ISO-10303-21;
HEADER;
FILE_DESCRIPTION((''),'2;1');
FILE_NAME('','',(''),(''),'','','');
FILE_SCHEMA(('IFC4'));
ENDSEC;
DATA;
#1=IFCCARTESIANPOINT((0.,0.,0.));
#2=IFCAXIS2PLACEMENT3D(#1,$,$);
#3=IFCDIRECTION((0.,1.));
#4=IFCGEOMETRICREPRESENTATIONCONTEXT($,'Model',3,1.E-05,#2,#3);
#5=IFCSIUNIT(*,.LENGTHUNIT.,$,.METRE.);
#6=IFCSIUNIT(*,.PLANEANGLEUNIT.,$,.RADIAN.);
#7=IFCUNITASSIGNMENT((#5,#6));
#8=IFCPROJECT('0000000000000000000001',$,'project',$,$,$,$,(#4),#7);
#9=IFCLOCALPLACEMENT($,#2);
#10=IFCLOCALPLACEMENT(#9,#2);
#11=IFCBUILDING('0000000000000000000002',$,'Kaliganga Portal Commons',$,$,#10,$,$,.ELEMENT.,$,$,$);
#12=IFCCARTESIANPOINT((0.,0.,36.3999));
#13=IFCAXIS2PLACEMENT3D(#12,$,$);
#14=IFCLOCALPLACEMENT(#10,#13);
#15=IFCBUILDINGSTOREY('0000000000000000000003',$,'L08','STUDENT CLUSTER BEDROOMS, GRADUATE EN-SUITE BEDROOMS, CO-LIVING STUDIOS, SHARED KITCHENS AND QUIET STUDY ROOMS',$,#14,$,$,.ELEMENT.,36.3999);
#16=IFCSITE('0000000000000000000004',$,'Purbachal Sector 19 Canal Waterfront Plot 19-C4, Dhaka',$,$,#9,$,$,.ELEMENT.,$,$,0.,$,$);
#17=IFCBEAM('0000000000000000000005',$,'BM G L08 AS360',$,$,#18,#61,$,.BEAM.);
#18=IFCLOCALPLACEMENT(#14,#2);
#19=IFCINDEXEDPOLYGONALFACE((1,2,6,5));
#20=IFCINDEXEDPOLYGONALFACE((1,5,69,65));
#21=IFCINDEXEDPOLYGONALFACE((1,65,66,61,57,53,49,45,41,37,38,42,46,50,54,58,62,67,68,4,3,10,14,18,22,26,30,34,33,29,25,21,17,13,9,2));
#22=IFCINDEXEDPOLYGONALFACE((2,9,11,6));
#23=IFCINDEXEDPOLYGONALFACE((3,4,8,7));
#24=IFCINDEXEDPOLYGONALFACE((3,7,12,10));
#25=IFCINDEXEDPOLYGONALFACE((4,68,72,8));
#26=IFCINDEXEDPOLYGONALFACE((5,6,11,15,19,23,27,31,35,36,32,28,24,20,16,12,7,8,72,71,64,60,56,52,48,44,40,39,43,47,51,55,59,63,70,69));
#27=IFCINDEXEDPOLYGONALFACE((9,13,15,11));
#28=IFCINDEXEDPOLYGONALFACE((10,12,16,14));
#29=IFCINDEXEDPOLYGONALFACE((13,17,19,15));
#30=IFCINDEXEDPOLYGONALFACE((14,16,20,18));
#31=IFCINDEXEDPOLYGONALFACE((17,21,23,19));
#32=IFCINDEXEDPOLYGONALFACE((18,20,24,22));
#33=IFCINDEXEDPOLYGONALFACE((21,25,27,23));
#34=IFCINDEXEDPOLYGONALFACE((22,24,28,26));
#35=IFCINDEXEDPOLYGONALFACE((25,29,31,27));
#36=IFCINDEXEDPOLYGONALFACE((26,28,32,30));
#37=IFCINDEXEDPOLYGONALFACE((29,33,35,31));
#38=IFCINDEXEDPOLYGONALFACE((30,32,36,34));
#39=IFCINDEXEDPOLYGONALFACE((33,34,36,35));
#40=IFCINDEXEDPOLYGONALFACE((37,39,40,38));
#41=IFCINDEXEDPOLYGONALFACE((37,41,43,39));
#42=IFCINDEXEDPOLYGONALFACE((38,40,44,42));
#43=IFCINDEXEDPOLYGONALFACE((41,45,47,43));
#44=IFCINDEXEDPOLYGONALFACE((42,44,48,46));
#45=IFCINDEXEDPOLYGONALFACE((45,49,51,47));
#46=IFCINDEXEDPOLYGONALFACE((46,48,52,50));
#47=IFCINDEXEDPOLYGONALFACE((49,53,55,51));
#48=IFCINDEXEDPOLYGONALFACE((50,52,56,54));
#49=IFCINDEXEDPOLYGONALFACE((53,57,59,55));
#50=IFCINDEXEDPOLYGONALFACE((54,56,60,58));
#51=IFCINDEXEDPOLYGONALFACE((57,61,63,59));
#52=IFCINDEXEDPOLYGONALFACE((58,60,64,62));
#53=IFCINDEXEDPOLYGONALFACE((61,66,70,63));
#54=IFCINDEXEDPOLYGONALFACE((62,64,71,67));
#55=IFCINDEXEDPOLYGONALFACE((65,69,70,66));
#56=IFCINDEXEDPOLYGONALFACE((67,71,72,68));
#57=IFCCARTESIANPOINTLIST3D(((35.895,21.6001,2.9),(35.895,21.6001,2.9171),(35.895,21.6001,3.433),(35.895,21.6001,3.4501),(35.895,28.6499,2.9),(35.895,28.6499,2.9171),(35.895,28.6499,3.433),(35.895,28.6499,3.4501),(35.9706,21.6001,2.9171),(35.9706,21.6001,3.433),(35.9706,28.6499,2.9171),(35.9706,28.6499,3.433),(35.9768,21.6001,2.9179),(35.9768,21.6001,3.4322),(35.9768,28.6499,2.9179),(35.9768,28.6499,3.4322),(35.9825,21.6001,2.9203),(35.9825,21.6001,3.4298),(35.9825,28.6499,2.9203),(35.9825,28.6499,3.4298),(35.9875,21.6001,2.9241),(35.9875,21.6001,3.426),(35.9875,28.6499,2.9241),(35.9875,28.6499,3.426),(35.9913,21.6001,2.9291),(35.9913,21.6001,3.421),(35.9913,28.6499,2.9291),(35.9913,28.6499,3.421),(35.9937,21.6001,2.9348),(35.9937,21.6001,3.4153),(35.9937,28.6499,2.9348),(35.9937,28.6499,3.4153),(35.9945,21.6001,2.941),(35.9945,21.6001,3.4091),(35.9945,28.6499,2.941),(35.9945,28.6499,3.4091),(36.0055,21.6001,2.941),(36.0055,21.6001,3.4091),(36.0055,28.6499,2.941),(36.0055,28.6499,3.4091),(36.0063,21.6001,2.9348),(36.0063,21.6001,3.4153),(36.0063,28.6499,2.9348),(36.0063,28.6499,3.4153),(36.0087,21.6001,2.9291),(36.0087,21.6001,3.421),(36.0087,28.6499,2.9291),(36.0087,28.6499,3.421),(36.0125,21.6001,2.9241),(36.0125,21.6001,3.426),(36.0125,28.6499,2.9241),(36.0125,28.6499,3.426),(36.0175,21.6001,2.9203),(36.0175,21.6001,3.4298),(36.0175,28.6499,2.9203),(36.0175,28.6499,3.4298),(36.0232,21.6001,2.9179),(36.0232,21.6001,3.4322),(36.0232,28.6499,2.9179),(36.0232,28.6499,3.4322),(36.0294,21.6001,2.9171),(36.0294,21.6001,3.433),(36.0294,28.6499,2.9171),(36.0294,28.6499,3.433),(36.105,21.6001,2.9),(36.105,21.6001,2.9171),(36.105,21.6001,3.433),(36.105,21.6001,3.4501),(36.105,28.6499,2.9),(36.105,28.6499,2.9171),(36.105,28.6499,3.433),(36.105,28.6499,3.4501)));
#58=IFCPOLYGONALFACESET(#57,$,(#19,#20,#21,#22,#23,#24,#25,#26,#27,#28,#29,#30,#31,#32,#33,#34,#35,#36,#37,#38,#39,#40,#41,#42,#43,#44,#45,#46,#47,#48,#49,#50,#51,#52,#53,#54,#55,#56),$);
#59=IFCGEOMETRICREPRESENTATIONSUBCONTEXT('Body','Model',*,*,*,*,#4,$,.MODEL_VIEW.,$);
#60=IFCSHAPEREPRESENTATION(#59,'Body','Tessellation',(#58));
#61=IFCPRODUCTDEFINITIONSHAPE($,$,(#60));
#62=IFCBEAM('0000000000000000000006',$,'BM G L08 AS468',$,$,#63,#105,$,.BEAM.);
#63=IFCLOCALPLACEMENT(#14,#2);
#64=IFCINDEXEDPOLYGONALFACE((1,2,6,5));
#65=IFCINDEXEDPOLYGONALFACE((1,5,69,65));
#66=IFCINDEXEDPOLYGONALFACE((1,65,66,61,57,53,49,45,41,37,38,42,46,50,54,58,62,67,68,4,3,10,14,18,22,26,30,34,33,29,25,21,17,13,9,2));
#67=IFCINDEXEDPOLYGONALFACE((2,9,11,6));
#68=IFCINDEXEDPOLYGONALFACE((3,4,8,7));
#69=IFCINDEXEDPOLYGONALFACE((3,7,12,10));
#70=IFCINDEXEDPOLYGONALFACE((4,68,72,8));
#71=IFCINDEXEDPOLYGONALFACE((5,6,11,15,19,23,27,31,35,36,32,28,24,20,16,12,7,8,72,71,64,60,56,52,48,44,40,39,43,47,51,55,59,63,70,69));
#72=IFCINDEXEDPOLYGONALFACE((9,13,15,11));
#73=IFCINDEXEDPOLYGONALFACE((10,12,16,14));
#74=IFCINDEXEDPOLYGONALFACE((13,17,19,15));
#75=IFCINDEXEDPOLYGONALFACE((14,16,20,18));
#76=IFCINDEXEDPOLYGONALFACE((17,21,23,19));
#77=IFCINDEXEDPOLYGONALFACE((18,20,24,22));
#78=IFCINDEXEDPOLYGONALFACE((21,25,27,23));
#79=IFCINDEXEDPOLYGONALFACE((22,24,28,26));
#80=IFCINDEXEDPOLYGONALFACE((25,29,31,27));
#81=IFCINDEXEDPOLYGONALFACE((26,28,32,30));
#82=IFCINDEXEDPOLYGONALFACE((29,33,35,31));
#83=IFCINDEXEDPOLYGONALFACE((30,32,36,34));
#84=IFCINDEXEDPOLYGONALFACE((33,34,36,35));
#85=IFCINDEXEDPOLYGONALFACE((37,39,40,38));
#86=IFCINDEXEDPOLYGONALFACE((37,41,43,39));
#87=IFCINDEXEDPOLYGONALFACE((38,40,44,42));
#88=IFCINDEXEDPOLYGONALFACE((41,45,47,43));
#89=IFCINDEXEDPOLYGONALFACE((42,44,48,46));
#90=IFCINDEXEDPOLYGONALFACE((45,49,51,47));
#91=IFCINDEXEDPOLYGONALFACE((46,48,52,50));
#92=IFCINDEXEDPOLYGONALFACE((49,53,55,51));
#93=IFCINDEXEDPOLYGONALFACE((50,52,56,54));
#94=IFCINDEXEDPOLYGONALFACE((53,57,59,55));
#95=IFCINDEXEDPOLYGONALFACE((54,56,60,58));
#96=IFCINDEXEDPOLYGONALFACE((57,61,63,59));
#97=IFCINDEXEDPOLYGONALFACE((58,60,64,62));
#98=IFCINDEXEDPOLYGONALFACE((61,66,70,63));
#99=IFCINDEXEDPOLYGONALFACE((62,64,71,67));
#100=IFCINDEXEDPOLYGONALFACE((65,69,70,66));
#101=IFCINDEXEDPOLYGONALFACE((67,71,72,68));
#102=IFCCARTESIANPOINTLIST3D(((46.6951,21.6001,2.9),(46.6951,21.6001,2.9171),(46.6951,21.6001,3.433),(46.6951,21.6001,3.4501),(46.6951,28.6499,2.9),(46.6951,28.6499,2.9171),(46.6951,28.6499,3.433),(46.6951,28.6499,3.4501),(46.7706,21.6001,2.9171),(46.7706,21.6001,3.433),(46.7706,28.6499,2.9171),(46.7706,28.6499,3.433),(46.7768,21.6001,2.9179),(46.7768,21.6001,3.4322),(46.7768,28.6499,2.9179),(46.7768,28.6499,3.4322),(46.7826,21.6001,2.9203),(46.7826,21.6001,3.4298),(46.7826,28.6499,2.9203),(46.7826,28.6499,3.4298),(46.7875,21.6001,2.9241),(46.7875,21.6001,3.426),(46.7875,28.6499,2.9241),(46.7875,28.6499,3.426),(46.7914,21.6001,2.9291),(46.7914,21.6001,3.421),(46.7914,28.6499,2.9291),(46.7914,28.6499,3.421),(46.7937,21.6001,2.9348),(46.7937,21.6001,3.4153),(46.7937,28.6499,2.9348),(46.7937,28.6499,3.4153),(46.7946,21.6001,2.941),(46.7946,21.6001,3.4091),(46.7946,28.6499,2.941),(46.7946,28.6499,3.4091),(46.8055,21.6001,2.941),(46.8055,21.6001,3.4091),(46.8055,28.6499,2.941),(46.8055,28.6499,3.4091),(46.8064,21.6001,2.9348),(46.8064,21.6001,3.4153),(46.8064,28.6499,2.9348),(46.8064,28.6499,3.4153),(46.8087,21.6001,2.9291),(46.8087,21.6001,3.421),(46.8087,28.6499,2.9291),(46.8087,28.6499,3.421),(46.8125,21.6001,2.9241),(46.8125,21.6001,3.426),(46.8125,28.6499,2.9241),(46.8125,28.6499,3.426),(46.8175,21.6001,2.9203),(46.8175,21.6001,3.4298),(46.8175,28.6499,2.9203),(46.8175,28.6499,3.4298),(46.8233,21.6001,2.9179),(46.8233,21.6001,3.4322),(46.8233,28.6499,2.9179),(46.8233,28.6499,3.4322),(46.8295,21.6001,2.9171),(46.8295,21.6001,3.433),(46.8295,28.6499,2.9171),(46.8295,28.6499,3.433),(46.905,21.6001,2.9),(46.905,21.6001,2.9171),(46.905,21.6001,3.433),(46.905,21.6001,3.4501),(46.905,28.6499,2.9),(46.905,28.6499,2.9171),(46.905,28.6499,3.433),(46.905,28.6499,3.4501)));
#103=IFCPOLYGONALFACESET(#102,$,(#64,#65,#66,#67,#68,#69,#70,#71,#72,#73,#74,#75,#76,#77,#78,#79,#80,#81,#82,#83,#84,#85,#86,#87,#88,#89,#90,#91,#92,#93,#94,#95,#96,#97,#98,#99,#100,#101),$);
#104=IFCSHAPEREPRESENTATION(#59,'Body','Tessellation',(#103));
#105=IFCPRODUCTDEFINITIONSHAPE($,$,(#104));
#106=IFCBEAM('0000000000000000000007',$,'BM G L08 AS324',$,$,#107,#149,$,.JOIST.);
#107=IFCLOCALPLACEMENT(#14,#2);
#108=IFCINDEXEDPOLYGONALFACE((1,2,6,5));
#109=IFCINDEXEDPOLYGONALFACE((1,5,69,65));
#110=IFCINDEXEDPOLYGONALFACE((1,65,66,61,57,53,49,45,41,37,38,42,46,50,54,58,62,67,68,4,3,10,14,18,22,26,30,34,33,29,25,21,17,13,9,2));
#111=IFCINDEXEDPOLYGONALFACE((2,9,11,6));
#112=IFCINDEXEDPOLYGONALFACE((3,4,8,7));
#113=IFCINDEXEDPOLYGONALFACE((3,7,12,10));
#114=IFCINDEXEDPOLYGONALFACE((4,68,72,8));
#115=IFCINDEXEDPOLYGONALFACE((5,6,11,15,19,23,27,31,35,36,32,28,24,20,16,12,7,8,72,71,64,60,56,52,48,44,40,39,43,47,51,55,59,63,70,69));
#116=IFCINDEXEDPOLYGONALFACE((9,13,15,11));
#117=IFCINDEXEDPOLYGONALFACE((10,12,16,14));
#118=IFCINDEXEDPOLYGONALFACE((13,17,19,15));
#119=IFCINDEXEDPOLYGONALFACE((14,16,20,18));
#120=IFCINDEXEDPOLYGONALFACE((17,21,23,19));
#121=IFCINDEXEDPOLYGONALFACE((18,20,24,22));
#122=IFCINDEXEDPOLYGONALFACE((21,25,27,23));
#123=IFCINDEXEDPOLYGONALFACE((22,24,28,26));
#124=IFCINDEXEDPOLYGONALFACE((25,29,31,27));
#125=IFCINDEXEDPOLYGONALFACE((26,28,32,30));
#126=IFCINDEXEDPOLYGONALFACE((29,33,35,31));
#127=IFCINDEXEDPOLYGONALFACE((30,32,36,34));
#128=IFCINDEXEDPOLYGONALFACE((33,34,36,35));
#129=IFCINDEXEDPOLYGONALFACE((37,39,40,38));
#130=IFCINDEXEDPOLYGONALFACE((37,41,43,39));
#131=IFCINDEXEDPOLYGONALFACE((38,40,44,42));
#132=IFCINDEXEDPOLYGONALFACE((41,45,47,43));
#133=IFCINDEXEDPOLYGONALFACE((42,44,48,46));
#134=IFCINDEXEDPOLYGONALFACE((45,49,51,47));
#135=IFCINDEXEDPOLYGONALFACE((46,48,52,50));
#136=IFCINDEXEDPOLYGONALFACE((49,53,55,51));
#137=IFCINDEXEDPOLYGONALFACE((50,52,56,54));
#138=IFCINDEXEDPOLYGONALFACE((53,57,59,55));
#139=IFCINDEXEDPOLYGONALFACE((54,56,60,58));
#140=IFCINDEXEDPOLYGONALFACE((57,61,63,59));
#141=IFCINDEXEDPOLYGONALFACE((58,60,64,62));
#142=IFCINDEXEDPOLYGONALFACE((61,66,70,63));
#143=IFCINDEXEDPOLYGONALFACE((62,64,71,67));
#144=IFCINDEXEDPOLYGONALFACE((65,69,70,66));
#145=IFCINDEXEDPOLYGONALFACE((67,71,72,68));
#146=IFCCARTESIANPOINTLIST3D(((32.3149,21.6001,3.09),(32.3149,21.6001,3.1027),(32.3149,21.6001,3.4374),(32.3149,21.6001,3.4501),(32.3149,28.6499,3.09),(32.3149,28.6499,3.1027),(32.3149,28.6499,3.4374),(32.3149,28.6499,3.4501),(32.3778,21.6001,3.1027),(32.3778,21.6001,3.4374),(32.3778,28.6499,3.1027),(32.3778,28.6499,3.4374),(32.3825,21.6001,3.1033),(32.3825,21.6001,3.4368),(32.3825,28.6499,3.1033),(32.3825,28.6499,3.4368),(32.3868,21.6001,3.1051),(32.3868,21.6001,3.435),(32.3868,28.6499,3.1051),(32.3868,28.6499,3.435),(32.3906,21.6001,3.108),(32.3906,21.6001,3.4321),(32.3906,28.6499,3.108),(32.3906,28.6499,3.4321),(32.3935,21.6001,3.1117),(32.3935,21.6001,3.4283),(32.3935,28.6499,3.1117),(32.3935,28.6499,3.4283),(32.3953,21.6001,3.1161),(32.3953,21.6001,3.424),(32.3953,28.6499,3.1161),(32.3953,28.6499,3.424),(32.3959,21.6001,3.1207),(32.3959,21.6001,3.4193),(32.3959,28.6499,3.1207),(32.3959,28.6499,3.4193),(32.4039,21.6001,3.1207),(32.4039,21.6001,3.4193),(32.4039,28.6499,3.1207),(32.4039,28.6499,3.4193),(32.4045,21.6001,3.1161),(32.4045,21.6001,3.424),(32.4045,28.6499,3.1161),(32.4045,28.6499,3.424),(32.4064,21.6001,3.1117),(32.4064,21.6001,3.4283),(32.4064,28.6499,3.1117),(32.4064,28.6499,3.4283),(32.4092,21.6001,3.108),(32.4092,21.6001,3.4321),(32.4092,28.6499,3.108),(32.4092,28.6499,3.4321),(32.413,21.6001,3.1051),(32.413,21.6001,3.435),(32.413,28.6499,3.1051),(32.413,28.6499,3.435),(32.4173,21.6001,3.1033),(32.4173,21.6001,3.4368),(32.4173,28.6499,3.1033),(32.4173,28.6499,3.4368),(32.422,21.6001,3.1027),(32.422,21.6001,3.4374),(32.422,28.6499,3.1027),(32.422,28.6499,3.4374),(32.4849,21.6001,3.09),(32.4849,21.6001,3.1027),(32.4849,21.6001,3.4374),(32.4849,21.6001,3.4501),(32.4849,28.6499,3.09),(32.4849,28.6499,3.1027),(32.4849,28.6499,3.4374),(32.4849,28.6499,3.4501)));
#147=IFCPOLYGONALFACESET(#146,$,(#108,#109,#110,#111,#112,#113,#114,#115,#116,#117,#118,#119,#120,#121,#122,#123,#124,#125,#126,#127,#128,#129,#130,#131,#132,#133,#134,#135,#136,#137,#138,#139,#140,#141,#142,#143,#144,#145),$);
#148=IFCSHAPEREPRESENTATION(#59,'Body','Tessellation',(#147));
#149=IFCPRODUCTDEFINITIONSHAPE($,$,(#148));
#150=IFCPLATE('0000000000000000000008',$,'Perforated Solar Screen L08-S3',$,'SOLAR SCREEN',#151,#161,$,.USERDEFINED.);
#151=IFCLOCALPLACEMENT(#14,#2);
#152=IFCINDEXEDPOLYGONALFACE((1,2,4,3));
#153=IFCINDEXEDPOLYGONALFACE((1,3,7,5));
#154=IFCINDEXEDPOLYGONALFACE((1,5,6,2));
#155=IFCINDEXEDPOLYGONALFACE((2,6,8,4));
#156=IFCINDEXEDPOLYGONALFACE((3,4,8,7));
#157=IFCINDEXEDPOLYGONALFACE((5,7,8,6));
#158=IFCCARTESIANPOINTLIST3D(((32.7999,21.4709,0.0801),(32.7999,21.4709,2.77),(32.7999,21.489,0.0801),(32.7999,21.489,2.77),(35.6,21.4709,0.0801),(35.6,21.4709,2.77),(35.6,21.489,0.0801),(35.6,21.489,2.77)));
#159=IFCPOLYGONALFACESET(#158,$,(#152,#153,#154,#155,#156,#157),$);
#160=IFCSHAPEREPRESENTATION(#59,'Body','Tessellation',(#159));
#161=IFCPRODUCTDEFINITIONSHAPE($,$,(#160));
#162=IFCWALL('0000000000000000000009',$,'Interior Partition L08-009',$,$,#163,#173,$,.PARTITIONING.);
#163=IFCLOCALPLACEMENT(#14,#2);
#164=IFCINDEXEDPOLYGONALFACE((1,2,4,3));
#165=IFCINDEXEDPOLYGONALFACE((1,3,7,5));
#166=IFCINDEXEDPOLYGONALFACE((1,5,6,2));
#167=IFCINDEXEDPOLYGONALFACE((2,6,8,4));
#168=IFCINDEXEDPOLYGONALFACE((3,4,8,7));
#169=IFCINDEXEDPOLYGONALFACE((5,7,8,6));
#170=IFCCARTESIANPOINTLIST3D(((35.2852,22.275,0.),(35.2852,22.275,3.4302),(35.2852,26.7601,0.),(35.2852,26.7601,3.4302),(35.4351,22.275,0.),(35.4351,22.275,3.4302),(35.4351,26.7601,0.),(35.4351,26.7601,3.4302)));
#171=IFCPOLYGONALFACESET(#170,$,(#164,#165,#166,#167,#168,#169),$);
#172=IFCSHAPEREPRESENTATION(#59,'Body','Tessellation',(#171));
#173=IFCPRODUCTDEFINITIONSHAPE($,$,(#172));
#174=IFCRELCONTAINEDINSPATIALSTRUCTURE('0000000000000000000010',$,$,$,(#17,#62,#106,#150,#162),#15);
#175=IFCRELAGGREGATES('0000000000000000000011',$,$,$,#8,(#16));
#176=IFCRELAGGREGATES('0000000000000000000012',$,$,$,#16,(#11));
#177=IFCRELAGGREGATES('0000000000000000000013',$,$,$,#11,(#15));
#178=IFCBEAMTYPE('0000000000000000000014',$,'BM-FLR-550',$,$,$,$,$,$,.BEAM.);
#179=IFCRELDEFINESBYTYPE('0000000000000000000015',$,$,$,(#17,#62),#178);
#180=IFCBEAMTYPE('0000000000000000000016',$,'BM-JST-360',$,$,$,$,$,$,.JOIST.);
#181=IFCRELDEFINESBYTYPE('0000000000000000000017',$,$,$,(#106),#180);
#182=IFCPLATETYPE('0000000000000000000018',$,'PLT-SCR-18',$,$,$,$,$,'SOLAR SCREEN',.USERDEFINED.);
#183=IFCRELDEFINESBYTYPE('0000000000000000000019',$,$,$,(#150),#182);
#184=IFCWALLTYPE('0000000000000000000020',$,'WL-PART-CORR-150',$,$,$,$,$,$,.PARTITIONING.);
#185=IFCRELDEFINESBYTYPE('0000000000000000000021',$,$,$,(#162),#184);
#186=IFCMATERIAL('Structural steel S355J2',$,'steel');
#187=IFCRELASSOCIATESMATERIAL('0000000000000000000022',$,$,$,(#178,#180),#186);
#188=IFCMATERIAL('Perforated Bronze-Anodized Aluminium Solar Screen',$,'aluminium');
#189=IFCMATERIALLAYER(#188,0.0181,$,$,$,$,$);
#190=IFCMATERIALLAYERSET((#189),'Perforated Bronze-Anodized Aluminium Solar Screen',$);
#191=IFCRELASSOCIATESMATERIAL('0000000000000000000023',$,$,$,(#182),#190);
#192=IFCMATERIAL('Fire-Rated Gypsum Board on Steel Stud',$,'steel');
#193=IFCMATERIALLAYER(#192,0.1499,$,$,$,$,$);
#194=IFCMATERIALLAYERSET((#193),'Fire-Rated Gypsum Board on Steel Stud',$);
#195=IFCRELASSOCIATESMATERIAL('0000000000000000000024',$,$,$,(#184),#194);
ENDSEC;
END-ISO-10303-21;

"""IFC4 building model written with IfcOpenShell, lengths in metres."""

from ifc_helpers import new_model, si_unit, direction, frame, frame_2d, origin, origin_2d, place, context, subcontext, project, spatial, rectangle, i_section, extrude, source, transform, mapped, material, layer, layer_set, material_profile, profile_set, type_object, element, save


model = new_model("IFC4")

# Units and contexts
model_context = context("Model", 3, precision=1e-05, world=origin(), true_north=direction((0.0, 1.0)))
body_context = subcontext(model_context, "Body", "Model", "MODEL_VIEW")
ifc_project = project(units=[si_unit("LENGTHUNIT", "METRE"), si_unit("PLANEANGLEUNIT", "RADIAN")], contexts=[model_context])

# Site, building, storey
site_placement = place(None, origin())
site = spatial("IfcSite", under=ifc_project, at=site_placement, Name="Purbachal Sector 19 Canal Waterfront Plot 19-C4, Dhaka", CompositionType="ELEMENT", RefElevation=0.0)
building_placement = place(site_placement, origin())
building = spatial("IfcBuilding", under=site, at=building_placement, Name="Kaliganga Portal Commons", CompositionType="ELEMENT")
storey_placement = place(building_placement, frame((0.0, 0.0, 36.3999)))
storey = spatial("IfcBuildingStorey", under=building, at=storey_placement, Name="L08", Description="STUDENT CLUSTER BEDROOMS, GRADUATE EN-SUITE BEDROOMS, CO-LIVING STUDIOS, SHARED KITCHENS AND QUIET STUDY ROOMS", CompositionType="ELEMENT", Elevation=36.3999)

# Beams
ifc_material_1 = material(Name="Structural steel S355J2", Category="steel")
ifc_material_profile_1 = material_profile(ifc_material_1, i_section(OverallWidth=0.21, OverallDepth=0.55, WebThickness=0.011, FlangeThickness=0.0171, FilletRadius=0.0239, at=origin_2d()), Name="IPE 550")
ifc_profile_set_1 = profile_set([ifc_material_profile_1], Name="Structural steel S355J2 wide-flange")
beam_type_1 = type_object("IfcBeamType", Name="BM-FLR-550", PredefinedType="BEAM", material=ifc_profile_set_1)
shared_shape_1 = source(origin(), body_context, "Body", "SweptSolid", [
    extrude(i_section(OverallWidth=0.21, OverallDepth=0.55, WebThickness=0.011, FlangeThickness=0.0171, FilletRadius=0.0239, at=origin_2d()), origin(), (0.0, 0.0, 1.0), 7.0498),
])
for number, where, z_axis, x_axis, name in (
    (1, (36.0, 21.6001, 3.175), (0.0, 1.0, 0.0), (-1.0, 0.0, 0.0), "BM G L08 AS360"),
    (2, (46.8, 21.6001, 3.175), (0.0, 1.0, 0.0), (-1.0, 0.0, 0.0), "BM G L08 AS468"),
):
    element("IfcBeam", number, at=place(storey_placement, frame(where, z_axis=z_axis, x_axis=x_axis)), inside=storey, type_object=beam_type_1, Name=name, PredefinedType="BEAM", context=body_context, shape_type="MappedRepresentation", body=[
        mapped(shared_shape_1, transform((0.0, 0.0, 0.0), x_axis=(1.0, 0.0, 0.0), y_axis=(0.0, 1.0, 0.0), z_axis=(0.0, 0.0, 1.0), scale=1.0)),
    ])
ifc_material_profile_2 = material_profile(ifc_material_1, i_section(OverallWidth=0.1699, OverallDepth=0.3601, WebThickness=0.0081, FlangeThickness=0.0127, FilletRadius=0.0181, at=origin_2d()), Name="IPE 360")
ifc_profile_set_2 = profile_set([ifc_material_profile_2], Name="Structural steel S355J2 wide-flange")
beam_type_2 = type_object("IfcBeamType", Name="BM-JST-360", PredefinedType="JOIST", material=ifc_profile_set_2)
shared_shape_2 = source(origin(), body_context, "Body", "SweptSolid", [
    extrude(i_section(OverallWidth=0.1699, OverallDepth=0.3601, WebThickness=0.0081, FlangeThickness=0.0127, FilletRadius=0.0181, at=origin_2d()), origin(), (0.0, 0.0, 1.0), 7.0498),
])
beam_1_placement = place(storey_placement, frame((32.3999, 21.6001, 3.27), z_axis=(0.0, 1.0, 0.0), x_axis=(-1.0, 0.0, 0.0)))
element("IfcBeam", 3, at=beam_1_placement, inside=storey, type_object=beam_type_2, Name="BM G L08 AS324", PredefinedType="JOIST", context=body_context, shape_type="MappedRepresentation", body=[
    mapped(shared_shape_2, transform((0.0, 0.0, 0.0), x_axis=(1.0, 0.0, 0.0), y_axis=(0.0, 1.0, 0.0), z_axis=(0.0, 0.0, 1.0), scale=1.0)),
])

# Plate
ifc_material_2 = material(Name="Perforated Bronze-Anodized Aluminium Solar Screen", Category="aluminium")
ifc_layer_1 = layer(ifc_material_2, 0.0181)
ifc_layer_set_1 = layer_set([ifc_layer_1], Name="Perforated Bronze-Anodized Aluminium Solar Screen")
plate_type = type_object("IfcPlateType", Name="PLT-SCR-18", ElementType="SOLAR SCREEN", PredefinedType="USERDEFINED", material=ifc_layer_set_1)
shared_shape_3 = source(origin(), body_context, "Body", "SweptSolid", [
    extrude(rectangle(XDim=2.8, YDim=0.0181, at=origin_2d()), origin(), (0.0, 0.0, 1.0), 2.6899),
])
plate_placement = place(storey_placement, frame((34.2, 21.48, 0.0801), z_axis=(0.0, 0.0, 1.0), x_axis=(1.0, 0.0, 0.0)))
element("IfcPlate", 4, at=plate_placement, inside=storey, type_object=plate_type, Name="Perforated Solar Screen L08-S3", ObjectType="SOLAR SCREEN", PredefinedType="USERDEFINED", context=body_context, shape_type="MappedRepresentation", body=[
    mapped(shared_shape_3, transform((0.0, 0.0, 0.0), x_axis=(1.0, 0.0, 0.0), y_axis=(0.0, 1.0, 0.0), z_axis=(0.0, 0.0, 1.0), scale=1.0)),
])

# Wall
ifc_material_3 = material(Name="Fire-Rated Gypsum Board on Steel Stud", Category="steel")
ifc_layer_2 = layer(ifc_material_3, 0.1499)
ifc_layer_set_2 = layer_set([ifc_layer_2], Name="Fire-Rated Gypsum Board on Steel Stud")
wall_type_1 = type_object("IfcWallType", Name="WL-PART-CORR-150", PredefinedType="PARTITIONING", material=ifc_layer_set_2)
wall_1_placement = place(storey_placement, frame((35.3601, 22.2749, 0.0), z_axis=(0.0, 0.0, 1.0), x_axis=(0.0, 1.0, 0.0)))
element("IfcWall", 5, at=wall_1_placement, inside=storey, type_object=wall_type_1, Name="Interior Partition L08-009", PredefinedType="PARTITIONING", context=body_context, shape_type="SweptSolid", body=[
    extrude(rectangle(XDim=4.4851, YDim=0.1499, at=frame_2d((2.2427, 0.0))), origin(), (0.0, 0.0, 1.0), 3.4302),
])

save(model, "model.ifc")
